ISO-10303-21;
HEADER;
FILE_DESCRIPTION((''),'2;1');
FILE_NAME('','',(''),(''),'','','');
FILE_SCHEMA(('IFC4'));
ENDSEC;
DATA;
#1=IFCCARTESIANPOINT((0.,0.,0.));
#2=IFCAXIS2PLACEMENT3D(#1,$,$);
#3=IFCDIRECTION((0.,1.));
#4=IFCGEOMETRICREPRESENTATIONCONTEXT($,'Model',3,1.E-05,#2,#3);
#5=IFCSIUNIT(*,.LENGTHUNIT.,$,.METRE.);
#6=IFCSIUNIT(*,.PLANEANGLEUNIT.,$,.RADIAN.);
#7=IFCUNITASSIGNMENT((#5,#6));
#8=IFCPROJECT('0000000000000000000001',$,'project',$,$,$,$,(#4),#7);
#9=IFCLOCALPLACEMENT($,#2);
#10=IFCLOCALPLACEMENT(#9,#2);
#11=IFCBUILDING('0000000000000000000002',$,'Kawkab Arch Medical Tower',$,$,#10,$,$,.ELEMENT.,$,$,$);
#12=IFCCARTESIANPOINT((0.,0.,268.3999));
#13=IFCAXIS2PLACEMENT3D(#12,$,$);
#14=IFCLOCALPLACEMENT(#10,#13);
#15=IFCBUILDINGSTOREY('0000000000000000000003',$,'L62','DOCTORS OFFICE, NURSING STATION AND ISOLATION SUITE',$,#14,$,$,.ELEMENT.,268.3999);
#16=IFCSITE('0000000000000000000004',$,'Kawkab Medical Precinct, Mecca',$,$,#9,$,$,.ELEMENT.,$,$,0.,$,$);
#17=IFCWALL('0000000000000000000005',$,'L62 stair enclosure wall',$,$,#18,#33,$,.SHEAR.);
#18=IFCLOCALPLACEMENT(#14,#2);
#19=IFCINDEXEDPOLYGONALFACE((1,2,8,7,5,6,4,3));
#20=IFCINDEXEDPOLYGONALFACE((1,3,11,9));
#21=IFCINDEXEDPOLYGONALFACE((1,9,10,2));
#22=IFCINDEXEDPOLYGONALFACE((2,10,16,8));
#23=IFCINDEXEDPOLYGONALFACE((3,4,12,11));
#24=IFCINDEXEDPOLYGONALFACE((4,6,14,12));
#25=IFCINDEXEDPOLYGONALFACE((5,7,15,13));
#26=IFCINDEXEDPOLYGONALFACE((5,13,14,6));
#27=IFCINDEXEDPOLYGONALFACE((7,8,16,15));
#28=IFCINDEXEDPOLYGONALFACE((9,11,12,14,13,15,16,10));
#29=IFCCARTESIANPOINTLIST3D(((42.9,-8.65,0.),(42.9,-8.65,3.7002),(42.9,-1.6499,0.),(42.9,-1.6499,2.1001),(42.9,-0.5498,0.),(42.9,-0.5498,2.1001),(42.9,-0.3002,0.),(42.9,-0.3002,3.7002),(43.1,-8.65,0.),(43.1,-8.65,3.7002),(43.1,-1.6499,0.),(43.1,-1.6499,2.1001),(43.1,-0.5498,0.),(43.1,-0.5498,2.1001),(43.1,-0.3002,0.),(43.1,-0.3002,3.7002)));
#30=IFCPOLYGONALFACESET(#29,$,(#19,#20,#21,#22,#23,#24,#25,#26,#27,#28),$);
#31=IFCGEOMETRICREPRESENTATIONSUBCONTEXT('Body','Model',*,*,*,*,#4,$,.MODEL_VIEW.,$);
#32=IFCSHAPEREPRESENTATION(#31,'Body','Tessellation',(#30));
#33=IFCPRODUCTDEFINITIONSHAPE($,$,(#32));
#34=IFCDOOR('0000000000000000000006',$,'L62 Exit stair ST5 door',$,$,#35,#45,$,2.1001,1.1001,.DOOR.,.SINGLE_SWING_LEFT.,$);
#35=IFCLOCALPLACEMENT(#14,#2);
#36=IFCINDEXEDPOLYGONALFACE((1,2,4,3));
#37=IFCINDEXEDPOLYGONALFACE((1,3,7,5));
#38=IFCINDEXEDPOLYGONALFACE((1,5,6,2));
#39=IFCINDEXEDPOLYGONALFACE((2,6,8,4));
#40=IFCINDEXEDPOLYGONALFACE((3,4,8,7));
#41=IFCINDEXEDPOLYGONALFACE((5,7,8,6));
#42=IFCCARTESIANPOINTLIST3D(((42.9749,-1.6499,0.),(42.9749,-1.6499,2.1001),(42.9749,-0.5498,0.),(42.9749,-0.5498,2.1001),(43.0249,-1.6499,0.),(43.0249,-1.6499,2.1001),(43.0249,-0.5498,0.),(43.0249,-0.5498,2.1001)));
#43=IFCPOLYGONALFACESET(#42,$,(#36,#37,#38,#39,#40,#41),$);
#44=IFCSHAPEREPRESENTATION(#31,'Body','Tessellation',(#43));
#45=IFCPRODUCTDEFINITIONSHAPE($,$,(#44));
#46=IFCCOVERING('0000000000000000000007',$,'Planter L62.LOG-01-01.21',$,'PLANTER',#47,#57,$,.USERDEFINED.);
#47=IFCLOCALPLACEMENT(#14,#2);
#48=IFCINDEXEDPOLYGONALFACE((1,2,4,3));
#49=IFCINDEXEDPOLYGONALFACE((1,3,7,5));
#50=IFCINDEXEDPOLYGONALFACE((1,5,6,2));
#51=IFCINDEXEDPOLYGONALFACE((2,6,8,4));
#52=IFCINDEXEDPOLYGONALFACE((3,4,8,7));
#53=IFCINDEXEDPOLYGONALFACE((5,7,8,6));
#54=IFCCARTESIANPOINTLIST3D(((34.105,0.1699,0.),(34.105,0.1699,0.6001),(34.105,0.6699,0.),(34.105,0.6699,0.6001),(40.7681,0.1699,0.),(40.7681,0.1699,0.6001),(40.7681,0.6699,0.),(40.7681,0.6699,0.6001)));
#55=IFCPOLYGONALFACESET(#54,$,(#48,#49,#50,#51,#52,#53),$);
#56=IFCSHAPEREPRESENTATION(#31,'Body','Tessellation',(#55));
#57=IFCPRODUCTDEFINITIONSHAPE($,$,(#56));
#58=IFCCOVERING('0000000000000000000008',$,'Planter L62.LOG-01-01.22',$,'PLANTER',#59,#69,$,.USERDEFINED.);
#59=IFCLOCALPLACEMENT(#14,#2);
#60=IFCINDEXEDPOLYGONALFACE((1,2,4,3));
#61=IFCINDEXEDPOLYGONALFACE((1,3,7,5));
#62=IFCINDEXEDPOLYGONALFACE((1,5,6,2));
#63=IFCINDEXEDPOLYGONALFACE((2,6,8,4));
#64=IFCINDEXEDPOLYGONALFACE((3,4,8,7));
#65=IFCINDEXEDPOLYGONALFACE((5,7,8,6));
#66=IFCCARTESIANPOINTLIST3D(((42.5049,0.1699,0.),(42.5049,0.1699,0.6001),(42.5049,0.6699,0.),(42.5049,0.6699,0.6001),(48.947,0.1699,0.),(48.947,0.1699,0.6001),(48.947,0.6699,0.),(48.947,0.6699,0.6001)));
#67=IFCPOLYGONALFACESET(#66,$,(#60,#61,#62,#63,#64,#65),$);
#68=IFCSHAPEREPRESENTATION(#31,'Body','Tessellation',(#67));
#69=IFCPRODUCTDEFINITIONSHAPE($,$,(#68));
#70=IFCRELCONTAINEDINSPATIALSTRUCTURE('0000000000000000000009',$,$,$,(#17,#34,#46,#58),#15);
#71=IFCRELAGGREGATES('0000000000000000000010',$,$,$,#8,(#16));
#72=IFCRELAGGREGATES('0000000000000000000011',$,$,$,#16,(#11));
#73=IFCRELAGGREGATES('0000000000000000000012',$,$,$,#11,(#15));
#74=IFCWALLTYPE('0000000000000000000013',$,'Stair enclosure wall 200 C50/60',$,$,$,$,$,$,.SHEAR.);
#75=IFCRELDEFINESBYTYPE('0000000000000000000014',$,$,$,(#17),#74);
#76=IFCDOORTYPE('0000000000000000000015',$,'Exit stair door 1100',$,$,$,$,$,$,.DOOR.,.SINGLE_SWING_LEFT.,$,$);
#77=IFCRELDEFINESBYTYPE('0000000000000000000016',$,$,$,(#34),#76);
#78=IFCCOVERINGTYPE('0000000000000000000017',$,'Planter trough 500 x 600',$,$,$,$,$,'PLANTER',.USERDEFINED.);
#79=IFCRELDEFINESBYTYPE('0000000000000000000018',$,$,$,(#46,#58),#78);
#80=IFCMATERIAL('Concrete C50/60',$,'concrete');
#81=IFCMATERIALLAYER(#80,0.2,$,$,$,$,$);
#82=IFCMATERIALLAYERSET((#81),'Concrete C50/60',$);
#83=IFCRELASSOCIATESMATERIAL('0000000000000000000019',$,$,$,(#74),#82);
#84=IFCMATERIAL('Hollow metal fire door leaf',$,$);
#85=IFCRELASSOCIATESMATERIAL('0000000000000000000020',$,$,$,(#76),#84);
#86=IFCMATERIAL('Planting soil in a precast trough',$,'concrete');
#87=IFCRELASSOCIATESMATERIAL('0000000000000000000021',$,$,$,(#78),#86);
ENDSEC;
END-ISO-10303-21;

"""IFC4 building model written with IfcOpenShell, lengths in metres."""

from ifc_helpers import new_model, si_unit, direction, frame, frame_2d, origin, origin_2d, place, context, subcontext, project, spatial, rectangle, extrude, material, layer, layer_set, material_profile, profile_set, type_object, element, fill, save


model = new_model("IFC4")

# Units and contexts
model_context = context("Model", 3, precision=1e-05, world=origin(), true_north=direction((0.0, 1.0)))
body_context = subcontext(model_context, "Body", "Model", "MODEL_VIEW")
ifc_project = project(units=[si_unit("LENGTHUNIT", "METRE"), si_unit("PLANEANGLEUNIT", "RADIAN")], contexts=[model_context])

# Site, building, storey
site_placement = place(None, origin())
site = spatial("IfcSite", under=ifc_project, at=site_placement, Name="Kawkab Medical Precinct, Mecca", CompositionType="ELEMENT", RefElevation=0.0)
building_placement = place(site_placement, origin())
building = spatial("IfcBuilding", under=site, at=building_placement, Name="Kawkab Arch Medical Tower", CompositionType="ELEMENT")
storey_placement = place(building_placement, frame((0.0, 0.0, 268.3999)))
storey = spatial("IfcBuildingStorey", under=building, at=storey_placement, Name="L62", Description="DOCTORS OFFICE, NURSING STATION AND ISOLATION SUITE", CompositionType="ELEMENT", Elevation=268.3999)

# Wall, opening, door
ifc_material_1 = material(Name="Concrete C50/60", Category="concrete")
ifc_layer_1 = layer(ifc_material_1, 0.2)
ifc_layer_set_1 = layer_set([ifc_layer_1], Name="Concrete C50/60")
wall_type_1 = type_object("IfcWallType", Name="Stair enclosure wall 200 C50/60", PredefinedType="SHEAR", material=ifc_layer_set_1)
wall_1_placement = place(storey_placement, frame((43.0, -8.6499, 0.0), z_axis=(0.0, 0.0, 1.0), x_axis=(0.0, 1.0, 0.0)))
wall_1 = element("IfcWall", 1, at=wall_1_placement, inside=storey, type_object=wall_type_1, Name="L62 stair enclosure wall", PredefinedType="SHEAR", context=body_context, shape_type="SweptSolid", body=[
    extrude(rectangle(XDim=8.3499, YDim=0.2, at=frame_2d((4.1748, 0.0))), origin(), (0.0, 0.0, 1.0), 3.7002),
])
opening_1_placement = place(wall_1_placement, frame((7.0, 0.0, 0.0)))
opening_1 = element("IfcOpeningElement", 2, at=opening_1_placement, cuts=wall_1, PredefinedType="OPENING", context=body_context, shape_type="SweptSolid", body=[
    extrude(rectangle(XDim=1.1001, YDim=2.1001, at=frame_2d((0.55, 1.05))), frame((0.0, 0.1099, 0.0), z_axis=(0.0, -1.0, 0.0), x_axis=(1.0, 0.0, 0.0)), (0.0, 0.0, 1.0), 0.22),
])
ifc_material_2 = material(Name="Hollow metal fire door leaf")
door_type_1 = type_object("IfcDoorType", Name="Exit stair door 1100", OperationType="SINGLE_SWING_LEFT", PredefinedType="DOOR", material=ifc_material_2)
door_1_placement = place(opening_1_placement, frame((1.1001, 0.0, 0.0), z_axis=(0.0, 0.0, 1.0), x_axis=(-1.0, 0.0, 0.0)))
door_1 = element("IfcDoor", 3, at=door_1_placement, inside=storey, type_object=door_type_1, Name="L62 Exit stair ST5 door", OperationType="SINGLE_SWING_LEFT", OverallHeight=2.1001, OverallWidth=1.1001, PredefinedType="DOOR", context=body_context, shape_type="SweptSolid", body=[
    extrude(rectangle(XDim=1.1001, YDim=2.1001, at=frame_2d((0.55, 1.05))), frame((0.0, 0.0249, 0.0), z_axis=(0.0, -1.0, 0.0), x_axis=(1.0, 0.0, 0.0)), (0.0, 0.0, 1.0), 0.05),
])
fill(opening_1, door_1)

# Coverings
ifc_material_3 = material(Name="Planting soil in a precast trough", Category="concrete")
ifc_material_profile_1 = material_profile(ifc_material_3, rectangle(XDim=0.5, YDim=0.6001, at=origin_2d()), Name="Trough 500x600")
ifc_profile_set_1 = profile_set([ifc_material_profile_1], Name="Planting soil in a precast trough")
covering_type = type_object("IfcCoveringType", Name="Planter trough 500 x 600", ElementType="PLANTER", PredefinedType="USERDEFINED", material=ifc_profile_set_1)
covering_1_placement = place(storey_placement, frame((34.105, 0.4199, 0.3), z_axis=(1.0, 0.0, 0.0), x_axis=(0.0, 1.0, 0.0)))
element("IfcCovering", 4, at=covering_1_placement, inside=storey, type_object=covering_type, Name="Planter L62.LOG-01-01.21", ObjectType="PLANTER", PredefinedType="USERDEFINED", context=body_context, shape_type="SweptSolid", body=[
    extrude(rectangle(XDim=0.5, YDim=0.6001, at=origin_2d()), origin(), (0.0, 0.0, 1.0), 6.6631),
])
covering_2_placement = place(storey_placement, frame((42.5049, 0.4199, 0.3), z_axis=(1.0, 0.0, 0.0), x_axis=(0.0, 1.0, 0.0)))
element("IfcCovering", 5, at=covering_2_placement, inside=storey, type_object=covering_type, Name="Planter L62.LOG-01-01.22", ObjectType="PLANTER", PredefinedType="USERDEFINED", context=body_context, shape_type="SweptSolid", body=[
    extrude(rectangle(XDim=0.5, YDim=0.6001, at=origin_2d()), origin(), (0.0, 0.0, 1.0), 6.4421),
])

save(model, "model.ifc")
